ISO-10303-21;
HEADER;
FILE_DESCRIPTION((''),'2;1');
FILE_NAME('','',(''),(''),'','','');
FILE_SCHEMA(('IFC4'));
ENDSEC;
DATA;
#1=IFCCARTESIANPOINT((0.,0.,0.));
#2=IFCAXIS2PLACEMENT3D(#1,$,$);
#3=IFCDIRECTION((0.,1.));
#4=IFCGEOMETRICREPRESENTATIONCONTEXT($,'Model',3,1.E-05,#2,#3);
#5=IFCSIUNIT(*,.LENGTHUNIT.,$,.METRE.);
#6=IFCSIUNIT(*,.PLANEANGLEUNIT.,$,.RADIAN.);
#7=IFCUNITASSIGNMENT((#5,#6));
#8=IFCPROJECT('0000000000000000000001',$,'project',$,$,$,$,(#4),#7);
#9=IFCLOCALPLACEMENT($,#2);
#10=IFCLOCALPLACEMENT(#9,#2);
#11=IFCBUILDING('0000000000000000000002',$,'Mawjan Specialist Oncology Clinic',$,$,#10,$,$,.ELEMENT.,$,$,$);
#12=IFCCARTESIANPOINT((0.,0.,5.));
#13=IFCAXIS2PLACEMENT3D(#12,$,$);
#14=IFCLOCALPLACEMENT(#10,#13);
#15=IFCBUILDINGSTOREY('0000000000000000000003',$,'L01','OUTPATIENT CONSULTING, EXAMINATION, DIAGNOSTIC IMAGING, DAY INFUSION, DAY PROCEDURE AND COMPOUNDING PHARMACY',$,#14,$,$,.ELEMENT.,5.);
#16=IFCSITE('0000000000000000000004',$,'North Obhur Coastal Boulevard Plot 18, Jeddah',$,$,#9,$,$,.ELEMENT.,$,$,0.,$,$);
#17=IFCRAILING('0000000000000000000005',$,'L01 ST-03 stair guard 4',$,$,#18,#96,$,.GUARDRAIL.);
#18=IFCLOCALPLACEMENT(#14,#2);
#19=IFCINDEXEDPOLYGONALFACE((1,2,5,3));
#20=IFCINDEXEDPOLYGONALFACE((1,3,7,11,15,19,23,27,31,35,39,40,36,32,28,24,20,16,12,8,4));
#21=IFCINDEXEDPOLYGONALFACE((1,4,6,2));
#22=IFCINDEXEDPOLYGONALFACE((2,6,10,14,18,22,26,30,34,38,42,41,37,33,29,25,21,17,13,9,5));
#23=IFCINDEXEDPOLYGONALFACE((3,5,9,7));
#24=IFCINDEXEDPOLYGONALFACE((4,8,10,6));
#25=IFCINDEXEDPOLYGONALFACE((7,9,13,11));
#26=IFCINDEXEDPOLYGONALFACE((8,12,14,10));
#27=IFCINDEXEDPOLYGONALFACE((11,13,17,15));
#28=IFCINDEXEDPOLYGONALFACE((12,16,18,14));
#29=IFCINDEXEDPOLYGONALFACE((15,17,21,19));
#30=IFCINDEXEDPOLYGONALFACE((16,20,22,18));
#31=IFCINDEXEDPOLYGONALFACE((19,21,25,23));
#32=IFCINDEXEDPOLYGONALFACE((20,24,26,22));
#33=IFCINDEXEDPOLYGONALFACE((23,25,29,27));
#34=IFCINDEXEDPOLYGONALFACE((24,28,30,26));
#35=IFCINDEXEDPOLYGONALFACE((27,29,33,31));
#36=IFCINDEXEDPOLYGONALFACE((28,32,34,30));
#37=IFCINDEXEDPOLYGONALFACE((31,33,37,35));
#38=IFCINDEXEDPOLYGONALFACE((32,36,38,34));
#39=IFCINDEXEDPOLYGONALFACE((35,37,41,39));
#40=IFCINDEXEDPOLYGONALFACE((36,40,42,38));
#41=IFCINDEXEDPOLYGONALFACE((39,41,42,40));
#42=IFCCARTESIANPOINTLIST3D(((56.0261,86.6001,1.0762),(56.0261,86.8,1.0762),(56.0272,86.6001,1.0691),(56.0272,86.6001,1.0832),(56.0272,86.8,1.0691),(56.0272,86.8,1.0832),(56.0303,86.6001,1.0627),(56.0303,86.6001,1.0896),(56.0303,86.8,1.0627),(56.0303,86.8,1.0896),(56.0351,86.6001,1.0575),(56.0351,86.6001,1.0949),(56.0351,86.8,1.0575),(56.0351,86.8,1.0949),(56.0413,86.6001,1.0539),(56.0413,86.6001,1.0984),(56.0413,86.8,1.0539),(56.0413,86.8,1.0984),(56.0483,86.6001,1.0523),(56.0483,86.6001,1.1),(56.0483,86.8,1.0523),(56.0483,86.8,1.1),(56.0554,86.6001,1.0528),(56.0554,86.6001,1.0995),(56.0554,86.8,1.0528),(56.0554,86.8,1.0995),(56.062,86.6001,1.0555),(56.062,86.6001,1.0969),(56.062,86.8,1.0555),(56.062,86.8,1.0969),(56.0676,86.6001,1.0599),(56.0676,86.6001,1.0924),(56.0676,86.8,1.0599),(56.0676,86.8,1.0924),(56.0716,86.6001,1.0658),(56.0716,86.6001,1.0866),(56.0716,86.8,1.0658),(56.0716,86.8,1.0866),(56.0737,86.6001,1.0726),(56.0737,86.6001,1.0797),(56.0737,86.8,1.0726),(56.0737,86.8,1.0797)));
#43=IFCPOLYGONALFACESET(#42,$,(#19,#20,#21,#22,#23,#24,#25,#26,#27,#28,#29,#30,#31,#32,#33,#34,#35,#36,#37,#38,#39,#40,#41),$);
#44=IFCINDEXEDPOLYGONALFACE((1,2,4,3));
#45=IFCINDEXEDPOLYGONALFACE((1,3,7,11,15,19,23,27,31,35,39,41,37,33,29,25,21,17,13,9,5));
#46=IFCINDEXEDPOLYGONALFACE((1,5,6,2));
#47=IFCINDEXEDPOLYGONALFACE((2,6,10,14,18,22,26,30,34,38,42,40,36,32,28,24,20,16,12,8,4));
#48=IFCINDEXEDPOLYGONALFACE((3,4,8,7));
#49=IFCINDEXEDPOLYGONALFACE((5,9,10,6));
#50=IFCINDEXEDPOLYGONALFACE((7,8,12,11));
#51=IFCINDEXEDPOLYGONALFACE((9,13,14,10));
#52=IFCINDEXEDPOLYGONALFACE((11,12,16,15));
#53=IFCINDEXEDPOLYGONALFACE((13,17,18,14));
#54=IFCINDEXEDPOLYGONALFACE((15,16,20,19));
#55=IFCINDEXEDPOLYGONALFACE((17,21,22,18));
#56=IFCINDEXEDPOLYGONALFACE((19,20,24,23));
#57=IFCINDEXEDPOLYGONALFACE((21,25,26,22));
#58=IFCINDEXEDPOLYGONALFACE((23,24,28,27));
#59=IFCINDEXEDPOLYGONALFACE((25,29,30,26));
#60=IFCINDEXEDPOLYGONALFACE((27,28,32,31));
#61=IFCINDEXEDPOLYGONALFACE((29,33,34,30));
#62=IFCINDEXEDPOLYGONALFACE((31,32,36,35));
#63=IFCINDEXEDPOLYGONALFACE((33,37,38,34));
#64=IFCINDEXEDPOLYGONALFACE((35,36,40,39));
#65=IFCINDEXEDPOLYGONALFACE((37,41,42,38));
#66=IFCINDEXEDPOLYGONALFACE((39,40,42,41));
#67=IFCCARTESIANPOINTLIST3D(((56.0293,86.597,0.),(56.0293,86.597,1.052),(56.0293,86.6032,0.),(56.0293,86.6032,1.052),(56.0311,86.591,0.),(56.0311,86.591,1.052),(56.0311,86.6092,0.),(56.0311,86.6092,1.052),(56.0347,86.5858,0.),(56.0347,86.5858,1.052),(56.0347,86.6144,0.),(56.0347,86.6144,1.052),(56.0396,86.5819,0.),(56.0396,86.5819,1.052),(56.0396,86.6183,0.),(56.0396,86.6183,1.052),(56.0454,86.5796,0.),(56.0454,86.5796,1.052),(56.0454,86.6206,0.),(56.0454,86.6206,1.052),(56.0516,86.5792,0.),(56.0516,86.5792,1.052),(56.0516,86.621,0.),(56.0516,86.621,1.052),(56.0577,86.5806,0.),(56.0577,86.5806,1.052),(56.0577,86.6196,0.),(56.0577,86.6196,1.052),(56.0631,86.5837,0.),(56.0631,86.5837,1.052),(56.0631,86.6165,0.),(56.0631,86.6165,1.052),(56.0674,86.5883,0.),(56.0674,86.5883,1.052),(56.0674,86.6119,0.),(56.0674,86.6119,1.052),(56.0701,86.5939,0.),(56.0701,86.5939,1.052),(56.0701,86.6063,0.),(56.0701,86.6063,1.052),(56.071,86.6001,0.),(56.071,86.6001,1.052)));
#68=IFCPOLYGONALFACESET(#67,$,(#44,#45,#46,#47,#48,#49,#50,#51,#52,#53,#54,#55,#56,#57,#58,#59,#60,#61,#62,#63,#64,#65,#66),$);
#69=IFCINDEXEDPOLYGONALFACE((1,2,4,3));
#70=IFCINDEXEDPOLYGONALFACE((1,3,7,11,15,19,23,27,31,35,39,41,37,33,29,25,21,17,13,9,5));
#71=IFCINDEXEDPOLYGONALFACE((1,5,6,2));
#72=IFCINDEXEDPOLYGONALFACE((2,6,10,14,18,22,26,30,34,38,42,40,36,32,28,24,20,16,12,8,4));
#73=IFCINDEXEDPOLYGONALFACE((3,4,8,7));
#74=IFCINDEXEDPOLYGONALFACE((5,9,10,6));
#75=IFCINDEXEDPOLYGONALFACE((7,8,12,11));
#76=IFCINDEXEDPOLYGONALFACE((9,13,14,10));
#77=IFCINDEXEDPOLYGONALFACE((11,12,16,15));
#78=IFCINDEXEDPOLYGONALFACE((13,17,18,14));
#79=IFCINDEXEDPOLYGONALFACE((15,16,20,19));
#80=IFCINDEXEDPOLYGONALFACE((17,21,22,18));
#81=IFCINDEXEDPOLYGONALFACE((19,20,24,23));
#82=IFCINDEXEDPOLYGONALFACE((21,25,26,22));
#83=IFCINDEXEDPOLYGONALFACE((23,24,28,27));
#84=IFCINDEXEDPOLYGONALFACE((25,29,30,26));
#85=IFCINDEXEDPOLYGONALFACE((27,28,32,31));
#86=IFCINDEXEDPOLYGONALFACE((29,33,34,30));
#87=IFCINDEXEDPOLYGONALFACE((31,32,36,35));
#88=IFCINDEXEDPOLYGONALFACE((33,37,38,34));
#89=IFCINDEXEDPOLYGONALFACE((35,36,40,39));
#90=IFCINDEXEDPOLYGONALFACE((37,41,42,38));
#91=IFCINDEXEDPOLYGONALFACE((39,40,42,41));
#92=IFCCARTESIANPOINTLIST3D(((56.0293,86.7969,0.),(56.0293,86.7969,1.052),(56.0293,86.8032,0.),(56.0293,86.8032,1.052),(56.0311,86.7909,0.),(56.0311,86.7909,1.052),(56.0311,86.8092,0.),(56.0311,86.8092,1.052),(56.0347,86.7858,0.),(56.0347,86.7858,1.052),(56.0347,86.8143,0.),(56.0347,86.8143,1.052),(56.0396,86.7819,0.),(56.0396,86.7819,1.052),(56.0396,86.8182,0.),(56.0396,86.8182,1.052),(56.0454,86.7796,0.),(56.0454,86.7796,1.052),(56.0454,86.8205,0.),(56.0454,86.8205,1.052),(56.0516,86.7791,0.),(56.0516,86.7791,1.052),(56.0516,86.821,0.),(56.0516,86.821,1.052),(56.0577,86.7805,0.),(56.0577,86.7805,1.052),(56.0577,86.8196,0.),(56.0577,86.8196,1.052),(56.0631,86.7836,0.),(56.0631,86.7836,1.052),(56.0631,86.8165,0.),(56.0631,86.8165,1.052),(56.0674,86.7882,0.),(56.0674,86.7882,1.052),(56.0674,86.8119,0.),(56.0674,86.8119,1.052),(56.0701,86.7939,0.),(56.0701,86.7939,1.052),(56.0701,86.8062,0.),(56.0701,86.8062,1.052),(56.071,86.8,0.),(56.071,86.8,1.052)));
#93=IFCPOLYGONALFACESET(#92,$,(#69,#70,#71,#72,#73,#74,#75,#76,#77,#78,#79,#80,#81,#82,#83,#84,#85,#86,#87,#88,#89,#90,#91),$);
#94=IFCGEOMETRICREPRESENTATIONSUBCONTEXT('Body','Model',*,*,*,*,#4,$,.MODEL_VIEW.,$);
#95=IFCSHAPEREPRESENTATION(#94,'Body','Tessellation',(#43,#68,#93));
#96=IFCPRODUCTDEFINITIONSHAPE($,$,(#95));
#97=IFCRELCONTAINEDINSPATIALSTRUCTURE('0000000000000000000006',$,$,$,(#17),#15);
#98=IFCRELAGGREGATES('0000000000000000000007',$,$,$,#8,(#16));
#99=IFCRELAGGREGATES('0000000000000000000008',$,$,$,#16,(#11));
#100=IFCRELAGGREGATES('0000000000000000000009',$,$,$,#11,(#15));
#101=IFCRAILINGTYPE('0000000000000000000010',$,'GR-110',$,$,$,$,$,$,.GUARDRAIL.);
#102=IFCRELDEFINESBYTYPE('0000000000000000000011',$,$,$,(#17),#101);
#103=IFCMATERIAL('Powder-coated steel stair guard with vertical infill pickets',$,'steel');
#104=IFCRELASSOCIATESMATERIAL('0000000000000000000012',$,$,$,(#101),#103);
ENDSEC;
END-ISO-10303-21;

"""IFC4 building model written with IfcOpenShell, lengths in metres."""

from ifc_helpers import new_model, si_unit, direction, frame, origin, origin_2d, place, context, subcontext, project, spatial, circle, extrude, material, type_object, element, save


model = new_model("IFC4")

# Units and contexts
model_context = context("Model", 3, precision=1e-05, world=origin(), true_north=direction((0.0, 1.0)))
body_context = subcontext(model_context, "Body", "Model", "MODEL_VIEW")
ifc_project = project(units=[si_unit("LENGTHUNIT", "METRE"), si_unit("PLANEANGLEUNIT", "RADIAN")], contexts=[model_context])

# Site, building, storey
site_placement = place(None, origin())
site = spatial("IfcSite", under=ifc_project, at=site_placement, Name="North Obhur Coastal Boulevard Plot 18, Jeddah", CompositionType="ELEMENT", RefElevation=0.0)
building_placement = place(site_placement, origin())
building = spatial("IfcBuilding", under=site, at=building_placement, Name="Mawjan Specialist Oncology Clinic", CompositionType="ELEMENT")
storey_placement = place(building_placement, frame((0.0, 0.0, 5.0)))
storey = spatial("IfcBuildingStorey", under=building, at=storey_placement, Name="L01", Description="OUTPATIENT CONSULTING, EXAMINATION, DIAGNOSTIC IMAGING, DAY INFUSION, DAY PROCEDURE AND COMPOUNDING PHARMACY", CompositionType="ELEMENT", Elevation=5.0)

# Railing
ifc_material_1 = material(Name="Powder-coated steel stair guard with vertical infill pickets", Category="steel")
railing_type_1 = type_object("IfcRailingType", Name="GR-110", PredefinedType="GUARDRAIL", material=ifc_material_1)
railing_1_placement = place(storey_placement, frame((56.05, 86.6001, 0.0)))
element("IfcRailing", 1, at=railing_1_placement, inside=storey, type_object=railing_type_1, Name="L01 ST-03 stair guard 4", PredefinedType="GUARDRAIL", context=body_context, shape_type="SweptSolid", body=[
    extrude(circle(Radius=0.0239, at=origin_2d()), frame((0.0, 0.0, 1.0762), z_axis=(0.0, 1.0, 0.0), x_axis=(-1.0, 0.0, 0.0)), (0.0, 0.0, 1.0), 0.2),
    extrude(circle(Radius=0.021, at=origin_2d()), origin(), (0.0, 0.0, 1.0), 1.052),
    extrude(circle(Radius=0.021, at=origin_2d()), frame((0.0, 0.2, 0.0)), (0.0, 0.0, 1.0), 1.052),
])

save(model, "model.ifc")
